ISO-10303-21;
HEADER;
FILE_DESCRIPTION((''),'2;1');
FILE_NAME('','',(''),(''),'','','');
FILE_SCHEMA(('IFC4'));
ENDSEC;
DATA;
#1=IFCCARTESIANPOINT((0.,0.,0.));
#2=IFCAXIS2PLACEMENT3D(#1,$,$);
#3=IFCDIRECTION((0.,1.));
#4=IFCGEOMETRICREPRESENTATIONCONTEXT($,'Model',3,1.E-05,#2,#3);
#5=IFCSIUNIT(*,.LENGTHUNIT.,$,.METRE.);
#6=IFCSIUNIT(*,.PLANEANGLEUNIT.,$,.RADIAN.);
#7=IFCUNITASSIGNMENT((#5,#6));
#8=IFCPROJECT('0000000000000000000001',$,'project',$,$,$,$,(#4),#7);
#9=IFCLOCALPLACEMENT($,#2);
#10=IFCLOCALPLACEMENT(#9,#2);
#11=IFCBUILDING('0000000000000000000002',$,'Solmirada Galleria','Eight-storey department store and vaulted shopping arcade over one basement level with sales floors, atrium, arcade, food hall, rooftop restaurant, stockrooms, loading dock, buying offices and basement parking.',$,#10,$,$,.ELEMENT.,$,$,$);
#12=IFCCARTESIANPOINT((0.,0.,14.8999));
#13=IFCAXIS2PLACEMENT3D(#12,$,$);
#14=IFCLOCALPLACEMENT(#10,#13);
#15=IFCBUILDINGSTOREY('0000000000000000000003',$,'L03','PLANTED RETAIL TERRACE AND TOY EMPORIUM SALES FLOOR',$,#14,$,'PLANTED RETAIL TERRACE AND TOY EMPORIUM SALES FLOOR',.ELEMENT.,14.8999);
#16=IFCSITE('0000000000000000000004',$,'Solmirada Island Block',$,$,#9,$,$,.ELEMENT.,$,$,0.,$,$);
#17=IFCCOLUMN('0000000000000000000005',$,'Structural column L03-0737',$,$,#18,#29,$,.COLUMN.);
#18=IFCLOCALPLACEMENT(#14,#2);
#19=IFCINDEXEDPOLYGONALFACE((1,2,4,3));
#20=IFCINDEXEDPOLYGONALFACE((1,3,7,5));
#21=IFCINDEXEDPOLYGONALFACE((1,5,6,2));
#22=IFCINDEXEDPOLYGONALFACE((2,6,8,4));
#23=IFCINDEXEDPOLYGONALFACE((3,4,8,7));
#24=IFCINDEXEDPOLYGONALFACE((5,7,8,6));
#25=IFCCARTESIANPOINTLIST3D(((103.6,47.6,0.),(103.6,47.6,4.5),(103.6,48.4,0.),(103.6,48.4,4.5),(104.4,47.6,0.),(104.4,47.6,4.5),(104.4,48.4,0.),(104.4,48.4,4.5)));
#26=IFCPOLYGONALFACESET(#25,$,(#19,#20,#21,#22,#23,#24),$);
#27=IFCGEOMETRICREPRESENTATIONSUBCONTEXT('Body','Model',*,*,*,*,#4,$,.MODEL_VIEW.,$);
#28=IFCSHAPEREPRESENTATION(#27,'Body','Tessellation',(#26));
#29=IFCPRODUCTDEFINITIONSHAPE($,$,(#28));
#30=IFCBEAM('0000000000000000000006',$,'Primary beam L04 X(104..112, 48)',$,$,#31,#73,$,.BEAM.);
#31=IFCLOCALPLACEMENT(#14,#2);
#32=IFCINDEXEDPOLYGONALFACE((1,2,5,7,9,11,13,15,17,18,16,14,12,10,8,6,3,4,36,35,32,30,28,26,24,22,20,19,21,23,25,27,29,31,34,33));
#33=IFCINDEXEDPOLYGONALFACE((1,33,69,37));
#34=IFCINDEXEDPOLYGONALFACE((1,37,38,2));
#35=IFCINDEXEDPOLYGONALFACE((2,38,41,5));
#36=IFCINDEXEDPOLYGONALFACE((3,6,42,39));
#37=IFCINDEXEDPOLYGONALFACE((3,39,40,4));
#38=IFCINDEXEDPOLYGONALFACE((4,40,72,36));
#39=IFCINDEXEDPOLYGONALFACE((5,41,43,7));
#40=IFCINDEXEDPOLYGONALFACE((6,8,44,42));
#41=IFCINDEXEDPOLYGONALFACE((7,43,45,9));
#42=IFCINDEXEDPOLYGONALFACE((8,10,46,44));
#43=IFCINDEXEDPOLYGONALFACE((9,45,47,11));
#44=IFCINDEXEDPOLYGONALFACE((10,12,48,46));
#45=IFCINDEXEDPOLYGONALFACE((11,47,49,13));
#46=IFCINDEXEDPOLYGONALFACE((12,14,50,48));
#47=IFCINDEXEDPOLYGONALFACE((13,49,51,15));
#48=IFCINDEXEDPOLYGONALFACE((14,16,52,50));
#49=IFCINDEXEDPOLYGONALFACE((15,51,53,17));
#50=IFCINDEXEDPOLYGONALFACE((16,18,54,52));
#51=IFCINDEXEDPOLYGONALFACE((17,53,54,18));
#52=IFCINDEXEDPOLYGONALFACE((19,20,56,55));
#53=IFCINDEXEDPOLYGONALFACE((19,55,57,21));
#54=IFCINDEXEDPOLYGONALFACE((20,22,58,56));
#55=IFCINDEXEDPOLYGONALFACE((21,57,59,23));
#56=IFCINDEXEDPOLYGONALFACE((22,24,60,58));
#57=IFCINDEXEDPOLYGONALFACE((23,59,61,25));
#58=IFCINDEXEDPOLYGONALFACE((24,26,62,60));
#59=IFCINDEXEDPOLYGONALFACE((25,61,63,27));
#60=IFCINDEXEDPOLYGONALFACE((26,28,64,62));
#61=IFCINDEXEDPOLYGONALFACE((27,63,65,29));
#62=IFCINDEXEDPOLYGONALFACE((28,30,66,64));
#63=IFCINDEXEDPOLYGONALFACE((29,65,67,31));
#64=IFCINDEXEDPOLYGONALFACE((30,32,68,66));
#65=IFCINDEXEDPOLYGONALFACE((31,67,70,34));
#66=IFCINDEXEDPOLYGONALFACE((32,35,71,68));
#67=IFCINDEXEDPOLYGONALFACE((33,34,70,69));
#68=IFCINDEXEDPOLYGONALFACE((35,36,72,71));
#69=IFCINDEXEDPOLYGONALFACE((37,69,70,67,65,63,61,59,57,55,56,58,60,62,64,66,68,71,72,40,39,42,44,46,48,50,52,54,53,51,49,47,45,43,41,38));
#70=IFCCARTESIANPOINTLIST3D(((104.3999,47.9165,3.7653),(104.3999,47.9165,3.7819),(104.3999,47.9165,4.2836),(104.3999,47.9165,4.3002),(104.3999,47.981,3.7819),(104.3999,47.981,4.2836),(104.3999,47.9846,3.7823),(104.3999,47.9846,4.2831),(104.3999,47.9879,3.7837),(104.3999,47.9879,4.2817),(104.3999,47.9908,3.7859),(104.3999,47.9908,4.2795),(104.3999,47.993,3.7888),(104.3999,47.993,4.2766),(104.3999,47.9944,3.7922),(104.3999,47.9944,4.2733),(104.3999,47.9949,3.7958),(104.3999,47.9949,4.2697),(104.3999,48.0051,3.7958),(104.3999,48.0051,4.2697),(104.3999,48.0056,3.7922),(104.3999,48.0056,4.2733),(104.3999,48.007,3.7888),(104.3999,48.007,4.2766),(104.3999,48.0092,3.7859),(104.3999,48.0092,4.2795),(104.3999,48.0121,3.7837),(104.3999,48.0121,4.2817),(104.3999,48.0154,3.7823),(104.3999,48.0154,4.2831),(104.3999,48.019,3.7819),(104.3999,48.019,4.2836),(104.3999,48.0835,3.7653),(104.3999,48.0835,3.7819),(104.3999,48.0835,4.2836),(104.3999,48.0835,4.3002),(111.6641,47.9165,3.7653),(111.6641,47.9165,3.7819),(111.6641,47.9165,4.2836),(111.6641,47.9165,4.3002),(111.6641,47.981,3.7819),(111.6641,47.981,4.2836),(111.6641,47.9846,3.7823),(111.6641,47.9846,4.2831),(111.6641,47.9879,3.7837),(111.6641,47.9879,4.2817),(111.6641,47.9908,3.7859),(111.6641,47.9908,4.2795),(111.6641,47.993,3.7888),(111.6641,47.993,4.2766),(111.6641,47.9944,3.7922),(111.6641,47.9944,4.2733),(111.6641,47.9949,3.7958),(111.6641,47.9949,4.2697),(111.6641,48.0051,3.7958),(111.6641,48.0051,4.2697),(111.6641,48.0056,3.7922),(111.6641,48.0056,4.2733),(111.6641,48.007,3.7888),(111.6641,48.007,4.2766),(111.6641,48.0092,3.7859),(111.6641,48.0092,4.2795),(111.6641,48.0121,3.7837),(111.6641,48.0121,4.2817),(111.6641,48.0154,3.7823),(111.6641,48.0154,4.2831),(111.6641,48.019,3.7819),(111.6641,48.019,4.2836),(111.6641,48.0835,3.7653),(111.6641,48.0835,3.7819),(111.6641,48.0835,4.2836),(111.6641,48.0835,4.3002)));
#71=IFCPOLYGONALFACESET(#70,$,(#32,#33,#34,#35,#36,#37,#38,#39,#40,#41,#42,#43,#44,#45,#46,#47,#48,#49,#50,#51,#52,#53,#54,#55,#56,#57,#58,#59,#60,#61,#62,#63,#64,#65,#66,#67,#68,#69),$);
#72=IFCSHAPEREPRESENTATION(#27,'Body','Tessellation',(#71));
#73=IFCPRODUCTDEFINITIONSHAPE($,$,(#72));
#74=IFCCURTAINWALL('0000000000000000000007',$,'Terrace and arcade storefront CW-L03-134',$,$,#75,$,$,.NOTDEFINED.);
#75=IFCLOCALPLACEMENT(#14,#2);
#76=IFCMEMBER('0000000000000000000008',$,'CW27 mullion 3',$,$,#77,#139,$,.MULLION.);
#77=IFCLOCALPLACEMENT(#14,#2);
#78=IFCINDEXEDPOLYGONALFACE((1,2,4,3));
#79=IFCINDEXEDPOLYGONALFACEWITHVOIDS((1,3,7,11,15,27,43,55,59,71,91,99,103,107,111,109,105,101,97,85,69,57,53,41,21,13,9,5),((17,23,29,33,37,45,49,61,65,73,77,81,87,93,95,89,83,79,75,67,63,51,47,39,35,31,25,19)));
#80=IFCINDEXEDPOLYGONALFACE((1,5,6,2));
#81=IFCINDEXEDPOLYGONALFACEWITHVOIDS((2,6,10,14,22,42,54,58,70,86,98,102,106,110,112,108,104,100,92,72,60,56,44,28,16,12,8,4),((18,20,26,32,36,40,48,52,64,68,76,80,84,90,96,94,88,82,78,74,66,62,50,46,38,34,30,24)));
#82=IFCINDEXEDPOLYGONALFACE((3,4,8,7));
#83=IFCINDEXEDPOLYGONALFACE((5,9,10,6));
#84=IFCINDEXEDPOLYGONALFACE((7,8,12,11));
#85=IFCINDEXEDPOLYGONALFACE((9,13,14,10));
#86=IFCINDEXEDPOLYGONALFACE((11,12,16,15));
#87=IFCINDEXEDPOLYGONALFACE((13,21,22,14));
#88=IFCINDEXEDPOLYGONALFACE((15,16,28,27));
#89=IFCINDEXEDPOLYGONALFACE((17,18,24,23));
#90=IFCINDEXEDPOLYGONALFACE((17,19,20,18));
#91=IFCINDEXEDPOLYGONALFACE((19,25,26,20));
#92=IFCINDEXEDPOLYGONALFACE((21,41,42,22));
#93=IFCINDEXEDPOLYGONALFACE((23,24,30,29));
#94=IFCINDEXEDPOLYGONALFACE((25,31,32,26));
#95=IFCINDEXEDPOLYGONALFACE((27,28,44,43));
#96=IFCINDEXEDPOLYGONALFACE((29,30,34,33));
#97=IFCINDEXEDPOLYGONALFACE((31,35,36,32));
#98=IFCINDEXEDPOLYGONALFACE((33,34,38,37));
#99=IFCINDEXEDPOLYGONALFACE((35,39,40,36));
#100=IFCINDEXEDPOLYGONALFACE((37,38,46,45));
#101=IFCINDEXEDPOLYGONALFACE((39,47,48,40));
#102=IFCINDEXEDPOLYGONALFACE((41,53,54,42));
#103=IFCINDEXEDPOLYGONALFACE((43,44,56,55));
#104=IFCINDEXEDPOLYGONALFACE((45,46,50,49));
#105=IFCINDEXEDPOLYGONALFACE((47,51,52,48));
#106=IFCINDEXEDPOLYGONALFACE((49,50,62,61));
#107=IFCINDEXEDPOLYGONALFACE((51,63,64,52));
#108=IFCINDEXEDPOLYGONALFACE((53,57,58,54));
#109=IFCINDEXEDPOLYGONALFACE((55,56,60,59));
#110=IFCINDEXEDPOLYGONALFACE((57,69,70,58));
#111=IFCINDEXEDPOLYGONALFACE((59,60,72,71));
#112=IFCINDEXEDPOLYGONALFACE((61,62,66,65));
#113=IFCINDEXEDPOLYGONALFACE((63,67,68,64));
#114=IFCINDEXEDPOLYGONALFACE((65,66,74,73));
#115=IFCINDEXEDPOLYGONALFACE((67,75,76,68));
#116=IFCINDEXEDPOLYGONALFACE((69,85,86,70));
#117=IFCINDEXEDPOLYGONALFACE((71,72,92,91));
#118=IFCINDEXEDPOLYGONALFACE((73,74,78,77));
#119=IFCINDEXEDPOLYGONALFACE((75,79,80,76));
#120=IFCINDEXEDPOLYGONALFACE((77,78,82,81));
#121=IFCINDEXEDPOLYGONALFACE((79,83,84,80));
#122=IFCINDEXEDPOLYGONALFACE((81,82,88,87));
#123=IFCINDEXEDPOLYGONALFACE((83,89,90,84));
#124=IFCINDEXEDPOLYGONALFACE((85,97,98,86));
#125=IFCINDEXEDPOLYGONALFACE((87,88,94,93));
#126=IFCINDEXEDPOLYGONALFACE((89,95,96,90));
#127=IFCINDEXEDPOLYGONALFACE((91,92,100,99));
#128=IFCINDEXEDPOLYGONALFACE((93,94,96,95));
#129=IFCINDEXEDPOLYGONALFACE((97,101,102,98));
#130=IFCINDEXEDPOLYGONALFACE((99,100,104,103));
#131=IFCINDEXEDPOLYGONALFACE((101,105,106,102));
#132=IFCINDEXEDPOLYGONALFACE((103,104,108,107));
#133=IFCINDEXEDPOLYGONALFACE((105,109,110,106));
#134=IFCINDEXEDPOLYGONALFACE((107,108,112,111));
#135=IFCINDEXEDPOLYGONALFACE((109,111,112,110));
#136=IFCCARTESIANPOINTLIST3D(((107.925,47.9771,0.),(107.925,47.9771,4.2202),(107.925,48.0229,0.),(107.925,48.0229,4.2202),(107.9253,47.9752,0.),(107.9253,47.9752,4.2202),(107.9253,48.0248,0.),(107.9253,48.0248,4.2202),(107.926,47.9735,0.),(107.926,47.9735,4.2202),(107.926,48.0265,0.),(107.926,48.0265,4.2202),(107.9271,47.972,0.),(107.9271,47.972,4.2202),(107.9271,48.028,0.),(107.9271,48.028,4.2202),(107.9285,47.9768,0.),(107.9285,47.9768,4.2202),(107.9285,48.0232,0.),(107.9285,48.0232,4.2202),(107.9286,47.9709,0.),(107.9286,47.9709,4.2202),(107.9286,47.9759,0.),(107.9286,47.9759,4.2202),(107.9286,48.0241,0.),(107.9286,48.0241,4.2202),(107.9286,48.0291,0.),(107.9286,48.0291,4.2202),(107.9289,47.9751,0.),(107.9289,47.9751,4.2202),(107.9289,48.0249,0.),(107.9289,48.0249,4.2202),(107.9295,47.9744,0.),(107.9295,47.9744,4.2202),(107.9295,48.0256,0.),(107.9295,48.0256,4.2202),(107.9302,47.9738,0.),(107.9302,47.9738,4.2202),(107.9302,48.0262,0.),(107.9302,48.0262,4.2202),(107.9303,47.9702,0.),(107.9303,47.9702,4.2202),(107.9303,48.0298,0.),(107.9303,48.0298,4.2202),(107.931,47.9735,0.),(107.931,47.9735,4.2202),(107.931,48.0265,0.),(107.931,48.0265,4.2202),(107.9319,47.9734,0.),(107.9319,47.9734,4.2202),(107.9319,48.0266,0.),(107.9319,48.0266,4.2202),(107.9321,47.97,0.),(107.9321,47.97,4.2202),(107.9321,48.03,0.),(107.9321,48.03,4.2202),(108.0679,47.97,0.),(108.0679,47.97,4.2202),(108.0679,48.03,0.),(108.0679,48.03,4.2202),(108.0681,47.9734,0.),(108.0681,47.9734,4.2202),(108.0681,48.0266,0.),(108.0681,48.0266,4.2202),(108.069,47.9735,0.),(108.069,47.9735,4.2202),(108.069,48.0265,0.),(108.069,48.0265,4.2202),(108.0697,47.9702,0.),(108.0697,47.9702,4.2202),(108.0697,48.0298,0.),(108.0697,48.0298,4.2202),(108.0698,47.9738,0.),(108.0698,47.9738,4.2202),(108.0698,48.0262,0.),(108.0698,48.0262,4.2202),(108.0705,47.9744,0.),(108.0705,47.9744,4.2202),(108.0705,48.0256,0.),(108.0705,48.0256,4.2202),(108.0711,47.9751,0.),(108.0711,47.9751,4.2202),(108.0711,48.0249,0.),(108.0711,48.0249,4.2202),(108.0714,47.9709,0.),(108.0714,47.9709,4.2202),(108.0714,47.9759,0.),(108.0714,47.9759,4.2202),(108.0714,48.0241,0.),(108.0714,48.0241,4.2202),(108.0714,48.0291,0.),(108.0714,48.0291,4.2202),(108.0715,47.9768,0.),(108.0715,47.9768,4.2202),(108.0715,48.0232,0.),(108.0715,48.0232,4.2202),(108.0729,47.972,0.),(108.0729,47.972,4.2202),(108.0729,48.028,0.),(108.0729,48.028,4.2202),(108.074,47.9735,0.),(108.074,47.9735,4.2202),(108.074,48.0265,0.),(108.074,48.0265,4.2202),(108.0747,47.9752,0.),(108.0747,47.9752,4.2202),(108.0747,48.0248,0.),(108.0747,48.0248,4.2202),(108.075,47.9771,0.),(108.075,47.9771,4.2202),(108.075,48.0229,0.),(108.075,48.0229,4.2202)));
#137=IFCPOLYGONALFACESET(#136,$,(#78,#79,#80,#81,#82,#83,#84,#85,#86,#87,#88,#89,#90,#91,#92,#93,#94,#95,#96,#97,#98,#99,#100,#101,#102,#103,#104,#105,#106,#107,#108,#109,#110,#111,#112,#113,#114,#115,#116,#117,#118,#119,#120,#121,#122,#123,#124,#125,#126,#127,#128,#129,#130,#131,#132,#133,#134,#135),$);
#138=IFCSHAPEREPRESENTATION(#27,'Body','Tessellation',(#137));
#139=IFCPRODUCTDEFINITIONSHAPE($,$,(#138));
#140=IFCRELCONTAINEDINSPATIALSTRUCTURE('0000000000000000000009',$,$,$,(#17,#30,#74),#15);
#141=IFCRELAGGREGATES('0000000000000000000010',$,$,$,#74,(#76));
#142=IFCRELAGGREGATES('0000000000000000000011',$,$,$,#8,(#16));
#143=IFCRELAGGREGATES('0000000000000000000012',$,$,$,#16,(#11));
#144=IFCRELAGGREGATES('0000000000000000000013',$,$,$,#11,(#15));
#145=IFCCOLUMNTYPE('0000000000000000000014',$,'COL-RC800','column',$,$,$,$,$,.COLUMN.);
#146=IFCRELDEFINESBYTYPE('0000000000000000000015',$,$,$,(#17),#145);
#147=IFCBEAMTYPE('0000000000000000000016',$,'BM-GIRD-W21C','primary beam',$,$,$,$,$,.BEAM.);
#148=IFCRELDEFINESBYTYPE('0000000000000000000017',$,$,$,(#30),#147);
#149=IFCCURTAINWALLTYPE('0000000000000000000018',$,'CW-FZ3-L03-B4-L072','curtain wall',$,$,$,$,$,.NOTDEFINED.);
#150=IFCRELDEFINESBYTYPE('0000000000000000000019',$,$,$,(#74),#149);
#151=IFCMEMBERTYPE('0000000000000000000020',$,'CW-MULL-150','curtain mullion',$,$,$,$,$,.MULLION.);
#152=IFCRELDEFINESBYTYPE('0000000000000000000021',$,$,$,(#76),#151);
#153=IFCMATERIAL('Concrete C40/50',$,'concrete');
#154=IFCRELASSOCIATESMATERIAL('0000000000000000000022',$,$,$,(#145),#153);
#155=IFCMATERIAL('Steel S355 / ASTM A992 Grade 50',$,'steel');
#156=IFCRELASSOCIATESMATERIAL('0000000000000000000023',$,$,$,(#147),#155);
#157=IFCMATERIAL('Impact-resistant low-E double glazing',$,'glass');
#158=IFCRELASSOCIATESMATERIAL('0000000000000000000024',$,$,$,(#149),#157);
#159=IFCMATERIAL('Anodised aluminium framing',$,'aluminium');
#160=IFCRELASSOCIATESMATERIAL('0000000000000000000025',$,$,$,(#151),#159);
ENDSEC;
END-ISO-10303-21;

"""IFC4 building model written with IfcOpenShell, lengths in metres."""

from ifc_helpers import new_model, si_unit, direction, frame, origin, origin_2d, place, context, subcontext, project, spatial, rectangle, hollow_rectangle, i_section, extrude, material, material_profile, profile_set, type_object, element, aggregate, save


model = new_model("IFC4")

# Units and contexts
model_context = context("Model", 3, precision=1e-05, world=origin(), true_north=direction((0.0, 1.0)))
body_context = subcontext(model_context, "Body", "Model", "MODEL_VIEW")
ifc_project = project(units=[si_unit("LENGTHUNIT", "METRE"), si_unit("PLANEANGLEUNIT", "RADIAN")], contexts=[model_context])

# Site, building, storey
site_placement = place(None, origin())
site = spatial("IfcSite", under=ifc_project, at=site_placement, Name="Solmirada Island Block", CompositionType="ELEMENT", RefElevation=0.0)
building_placement = place(site_placement, origin())
building = spatial("IfcBuilding", under=site, at=building_placement, Name="Solmirada Galleria", Description="Eight-storey department store and vaulted shopping arcade over one basement level with sales floors, atrium, arcade, food hall, rooftop restaurant, stockrooms, loading dock, buying offices and basement parking.", CompositionType="ELEMENT")
storey_placement = place(building_placement, frame((0.0, 0.0, 14.8999)))
storey = spatial("IfcBuildingStorey", under=building, at=storey_placement, Name="L03", Description="PLANTED RETAIL TERRACE AND TOY EMPORIUM SALES FLOOR", LongName="PLANTED RETAIL TERRACE AND TOY EMPORIUM SALES FLOOR", CompositionType="ELEMENT", Elevation=14.8999)

# Column
ifc_material_1 = material(Name="Concrete C40/50", Category="concrete")
ifc_material_profile_1 = material_profile(ifc_material_1, rectangle(XDim=0.8, YDim=0.8, at=origin_2d()), Name="RC800X800")
ifc_profile_set_1 = profile_set([ifc_material_profile_1], Name="Concrete C40/50")
column_type = type_object("IfcColumnType", Name="COL-RC800", Description="column", PredefinedType="COLUMN", material=ifc_profile_set_1)
column_placement = place(storey_placement, frame((104.0, 48.0, 0.0), z_axis=(0.0, 0.0, 1.0), x_axis=(1.0, 0.0, 0.0)))
element("IfcColumn", 1, at=column_placement, inside=storey, type_object=column_type, Name="Structural column L03-0737", PredefinedType="COLUMN", context=body_context, shape_type="SweptSolid", body=[
    extrude(rectangle(XDim=0.8, YDim=0.8, at=origin_2d()), origin(), (0.0, 0.0, 1.0), 4.5),
])

# Beam
ifc_material_2 = material(Name="Steel S355 / ASTM A992 Grade 50", Category="steel")
ifc_material_profile_2 = material_profile(ifc_material_2, i_section(OverallWidth=0.167, OverallDepth=0.5349, WebThickness=0.0103, FlangeThickness=0.0166, FilletRadius=0.0139, at=origin_2d()), Name="W21X57")
ifc_profile_set_2 = profile_set([ifc_material_profile_2], Name="Steel S355 / ASTM A992 Grade 50")
beam_type = type_object("IfcBeamType", Name="BM-GIRD-W21C", Description="primary beam", PredefinedType="BEAM", material=ifc_profile_set_2)
beam_placement = place(storey_placement, frame((104.3999, 48.0, 4.0327), z_axis=(1.0, 0.0, 0.0), x_axis=(0.0, 1.0, 0.0)))
element("IfcBeam", 2, at=beam_placement, inside=storey, type_object=beam_type, Name="Primary beam L04 X(104..112, 48)", PredefinedType="BEAM", context=body_context, shape_type="SweptSolid", body=[
    extrude(i_section(OverallWidth=0.167, OverallDepth=0.5349, WebThickness=0.0103, FlangeThickness=0.0166, FilletRadius=0.0139, at=origin_2d()), origin(), (0.0, 0.0, 1.0), 7.2642),
])

# Curtain wall, member
ifc_material_3 = material(Name="Impact-resistant low-E double glazing", Category="glass")
curtain_wall_type_1 = type_object("IfcCurtainWallType", Name="CW-FZ3-L03-B4-L072", Description="curtain wall", PredefinedType="NOTDEFINED", material=ifc_material_3)
curtain_wall_1_placement = place(storey_placement, origin())
curtain_wall_1 = element("IfcCurtainWall", 3, at=curtain_wall_1_placement, inside=storey, type_object=curtain_wall_type_1, Name="Terrace and arcade storefront CW-L03-134", PredefinedType="NOTDEFINED")
ifc_material_4 = material(Name="Anodised aluminium framing", Category="aluminium")
ifc_material_profile_3 = material_profile(ifc_material_4, hollow_rectangle(XDim=0.0601, YDim=0.1499, WallThickness=0.0034, InnerFilletRadius=0.0034, OuterFilletRadius=0.0071, at=origin_2d()), Name="ALU-MULL-150X60")
ifc_profile_set_3 = profile_set([ifc_material_profile_3], Name="Anodised aluminium framing")
member_type_1 = type_object("IfcMemberType", Name="CW-MULL-150", Description="curtain mullion", PredefinedType="MULLION", material=ifc_profile_set_3)
member_1_placement = place(storey_placement, frame((108.0, 48.0, 0.0), z_axis=(0.0, 0.0, 1.0), x_axis=(0.0, -1.0, 0.0)))
member_1 = element("IfcMember", 4, at=member_1_placement, type_object=member_type_1, Name="CW27 mullion 3", PredefinedType="MULLION", context=body_context, shape_type="SweptSolid", body=[
    extrude(hollow_rectangle(XDim=0.0601, YDim=0.1499, WallThickness=0.0034, InnerFilletRadius=0.0034, OuterFilletRadius=0.0071, at=origin_2d()), origin(), (0.0, 0.0, 1.0), 4.2202),
])

aggregate(curtain_wall_1, [member_1])

save(model, "model.ifc")
